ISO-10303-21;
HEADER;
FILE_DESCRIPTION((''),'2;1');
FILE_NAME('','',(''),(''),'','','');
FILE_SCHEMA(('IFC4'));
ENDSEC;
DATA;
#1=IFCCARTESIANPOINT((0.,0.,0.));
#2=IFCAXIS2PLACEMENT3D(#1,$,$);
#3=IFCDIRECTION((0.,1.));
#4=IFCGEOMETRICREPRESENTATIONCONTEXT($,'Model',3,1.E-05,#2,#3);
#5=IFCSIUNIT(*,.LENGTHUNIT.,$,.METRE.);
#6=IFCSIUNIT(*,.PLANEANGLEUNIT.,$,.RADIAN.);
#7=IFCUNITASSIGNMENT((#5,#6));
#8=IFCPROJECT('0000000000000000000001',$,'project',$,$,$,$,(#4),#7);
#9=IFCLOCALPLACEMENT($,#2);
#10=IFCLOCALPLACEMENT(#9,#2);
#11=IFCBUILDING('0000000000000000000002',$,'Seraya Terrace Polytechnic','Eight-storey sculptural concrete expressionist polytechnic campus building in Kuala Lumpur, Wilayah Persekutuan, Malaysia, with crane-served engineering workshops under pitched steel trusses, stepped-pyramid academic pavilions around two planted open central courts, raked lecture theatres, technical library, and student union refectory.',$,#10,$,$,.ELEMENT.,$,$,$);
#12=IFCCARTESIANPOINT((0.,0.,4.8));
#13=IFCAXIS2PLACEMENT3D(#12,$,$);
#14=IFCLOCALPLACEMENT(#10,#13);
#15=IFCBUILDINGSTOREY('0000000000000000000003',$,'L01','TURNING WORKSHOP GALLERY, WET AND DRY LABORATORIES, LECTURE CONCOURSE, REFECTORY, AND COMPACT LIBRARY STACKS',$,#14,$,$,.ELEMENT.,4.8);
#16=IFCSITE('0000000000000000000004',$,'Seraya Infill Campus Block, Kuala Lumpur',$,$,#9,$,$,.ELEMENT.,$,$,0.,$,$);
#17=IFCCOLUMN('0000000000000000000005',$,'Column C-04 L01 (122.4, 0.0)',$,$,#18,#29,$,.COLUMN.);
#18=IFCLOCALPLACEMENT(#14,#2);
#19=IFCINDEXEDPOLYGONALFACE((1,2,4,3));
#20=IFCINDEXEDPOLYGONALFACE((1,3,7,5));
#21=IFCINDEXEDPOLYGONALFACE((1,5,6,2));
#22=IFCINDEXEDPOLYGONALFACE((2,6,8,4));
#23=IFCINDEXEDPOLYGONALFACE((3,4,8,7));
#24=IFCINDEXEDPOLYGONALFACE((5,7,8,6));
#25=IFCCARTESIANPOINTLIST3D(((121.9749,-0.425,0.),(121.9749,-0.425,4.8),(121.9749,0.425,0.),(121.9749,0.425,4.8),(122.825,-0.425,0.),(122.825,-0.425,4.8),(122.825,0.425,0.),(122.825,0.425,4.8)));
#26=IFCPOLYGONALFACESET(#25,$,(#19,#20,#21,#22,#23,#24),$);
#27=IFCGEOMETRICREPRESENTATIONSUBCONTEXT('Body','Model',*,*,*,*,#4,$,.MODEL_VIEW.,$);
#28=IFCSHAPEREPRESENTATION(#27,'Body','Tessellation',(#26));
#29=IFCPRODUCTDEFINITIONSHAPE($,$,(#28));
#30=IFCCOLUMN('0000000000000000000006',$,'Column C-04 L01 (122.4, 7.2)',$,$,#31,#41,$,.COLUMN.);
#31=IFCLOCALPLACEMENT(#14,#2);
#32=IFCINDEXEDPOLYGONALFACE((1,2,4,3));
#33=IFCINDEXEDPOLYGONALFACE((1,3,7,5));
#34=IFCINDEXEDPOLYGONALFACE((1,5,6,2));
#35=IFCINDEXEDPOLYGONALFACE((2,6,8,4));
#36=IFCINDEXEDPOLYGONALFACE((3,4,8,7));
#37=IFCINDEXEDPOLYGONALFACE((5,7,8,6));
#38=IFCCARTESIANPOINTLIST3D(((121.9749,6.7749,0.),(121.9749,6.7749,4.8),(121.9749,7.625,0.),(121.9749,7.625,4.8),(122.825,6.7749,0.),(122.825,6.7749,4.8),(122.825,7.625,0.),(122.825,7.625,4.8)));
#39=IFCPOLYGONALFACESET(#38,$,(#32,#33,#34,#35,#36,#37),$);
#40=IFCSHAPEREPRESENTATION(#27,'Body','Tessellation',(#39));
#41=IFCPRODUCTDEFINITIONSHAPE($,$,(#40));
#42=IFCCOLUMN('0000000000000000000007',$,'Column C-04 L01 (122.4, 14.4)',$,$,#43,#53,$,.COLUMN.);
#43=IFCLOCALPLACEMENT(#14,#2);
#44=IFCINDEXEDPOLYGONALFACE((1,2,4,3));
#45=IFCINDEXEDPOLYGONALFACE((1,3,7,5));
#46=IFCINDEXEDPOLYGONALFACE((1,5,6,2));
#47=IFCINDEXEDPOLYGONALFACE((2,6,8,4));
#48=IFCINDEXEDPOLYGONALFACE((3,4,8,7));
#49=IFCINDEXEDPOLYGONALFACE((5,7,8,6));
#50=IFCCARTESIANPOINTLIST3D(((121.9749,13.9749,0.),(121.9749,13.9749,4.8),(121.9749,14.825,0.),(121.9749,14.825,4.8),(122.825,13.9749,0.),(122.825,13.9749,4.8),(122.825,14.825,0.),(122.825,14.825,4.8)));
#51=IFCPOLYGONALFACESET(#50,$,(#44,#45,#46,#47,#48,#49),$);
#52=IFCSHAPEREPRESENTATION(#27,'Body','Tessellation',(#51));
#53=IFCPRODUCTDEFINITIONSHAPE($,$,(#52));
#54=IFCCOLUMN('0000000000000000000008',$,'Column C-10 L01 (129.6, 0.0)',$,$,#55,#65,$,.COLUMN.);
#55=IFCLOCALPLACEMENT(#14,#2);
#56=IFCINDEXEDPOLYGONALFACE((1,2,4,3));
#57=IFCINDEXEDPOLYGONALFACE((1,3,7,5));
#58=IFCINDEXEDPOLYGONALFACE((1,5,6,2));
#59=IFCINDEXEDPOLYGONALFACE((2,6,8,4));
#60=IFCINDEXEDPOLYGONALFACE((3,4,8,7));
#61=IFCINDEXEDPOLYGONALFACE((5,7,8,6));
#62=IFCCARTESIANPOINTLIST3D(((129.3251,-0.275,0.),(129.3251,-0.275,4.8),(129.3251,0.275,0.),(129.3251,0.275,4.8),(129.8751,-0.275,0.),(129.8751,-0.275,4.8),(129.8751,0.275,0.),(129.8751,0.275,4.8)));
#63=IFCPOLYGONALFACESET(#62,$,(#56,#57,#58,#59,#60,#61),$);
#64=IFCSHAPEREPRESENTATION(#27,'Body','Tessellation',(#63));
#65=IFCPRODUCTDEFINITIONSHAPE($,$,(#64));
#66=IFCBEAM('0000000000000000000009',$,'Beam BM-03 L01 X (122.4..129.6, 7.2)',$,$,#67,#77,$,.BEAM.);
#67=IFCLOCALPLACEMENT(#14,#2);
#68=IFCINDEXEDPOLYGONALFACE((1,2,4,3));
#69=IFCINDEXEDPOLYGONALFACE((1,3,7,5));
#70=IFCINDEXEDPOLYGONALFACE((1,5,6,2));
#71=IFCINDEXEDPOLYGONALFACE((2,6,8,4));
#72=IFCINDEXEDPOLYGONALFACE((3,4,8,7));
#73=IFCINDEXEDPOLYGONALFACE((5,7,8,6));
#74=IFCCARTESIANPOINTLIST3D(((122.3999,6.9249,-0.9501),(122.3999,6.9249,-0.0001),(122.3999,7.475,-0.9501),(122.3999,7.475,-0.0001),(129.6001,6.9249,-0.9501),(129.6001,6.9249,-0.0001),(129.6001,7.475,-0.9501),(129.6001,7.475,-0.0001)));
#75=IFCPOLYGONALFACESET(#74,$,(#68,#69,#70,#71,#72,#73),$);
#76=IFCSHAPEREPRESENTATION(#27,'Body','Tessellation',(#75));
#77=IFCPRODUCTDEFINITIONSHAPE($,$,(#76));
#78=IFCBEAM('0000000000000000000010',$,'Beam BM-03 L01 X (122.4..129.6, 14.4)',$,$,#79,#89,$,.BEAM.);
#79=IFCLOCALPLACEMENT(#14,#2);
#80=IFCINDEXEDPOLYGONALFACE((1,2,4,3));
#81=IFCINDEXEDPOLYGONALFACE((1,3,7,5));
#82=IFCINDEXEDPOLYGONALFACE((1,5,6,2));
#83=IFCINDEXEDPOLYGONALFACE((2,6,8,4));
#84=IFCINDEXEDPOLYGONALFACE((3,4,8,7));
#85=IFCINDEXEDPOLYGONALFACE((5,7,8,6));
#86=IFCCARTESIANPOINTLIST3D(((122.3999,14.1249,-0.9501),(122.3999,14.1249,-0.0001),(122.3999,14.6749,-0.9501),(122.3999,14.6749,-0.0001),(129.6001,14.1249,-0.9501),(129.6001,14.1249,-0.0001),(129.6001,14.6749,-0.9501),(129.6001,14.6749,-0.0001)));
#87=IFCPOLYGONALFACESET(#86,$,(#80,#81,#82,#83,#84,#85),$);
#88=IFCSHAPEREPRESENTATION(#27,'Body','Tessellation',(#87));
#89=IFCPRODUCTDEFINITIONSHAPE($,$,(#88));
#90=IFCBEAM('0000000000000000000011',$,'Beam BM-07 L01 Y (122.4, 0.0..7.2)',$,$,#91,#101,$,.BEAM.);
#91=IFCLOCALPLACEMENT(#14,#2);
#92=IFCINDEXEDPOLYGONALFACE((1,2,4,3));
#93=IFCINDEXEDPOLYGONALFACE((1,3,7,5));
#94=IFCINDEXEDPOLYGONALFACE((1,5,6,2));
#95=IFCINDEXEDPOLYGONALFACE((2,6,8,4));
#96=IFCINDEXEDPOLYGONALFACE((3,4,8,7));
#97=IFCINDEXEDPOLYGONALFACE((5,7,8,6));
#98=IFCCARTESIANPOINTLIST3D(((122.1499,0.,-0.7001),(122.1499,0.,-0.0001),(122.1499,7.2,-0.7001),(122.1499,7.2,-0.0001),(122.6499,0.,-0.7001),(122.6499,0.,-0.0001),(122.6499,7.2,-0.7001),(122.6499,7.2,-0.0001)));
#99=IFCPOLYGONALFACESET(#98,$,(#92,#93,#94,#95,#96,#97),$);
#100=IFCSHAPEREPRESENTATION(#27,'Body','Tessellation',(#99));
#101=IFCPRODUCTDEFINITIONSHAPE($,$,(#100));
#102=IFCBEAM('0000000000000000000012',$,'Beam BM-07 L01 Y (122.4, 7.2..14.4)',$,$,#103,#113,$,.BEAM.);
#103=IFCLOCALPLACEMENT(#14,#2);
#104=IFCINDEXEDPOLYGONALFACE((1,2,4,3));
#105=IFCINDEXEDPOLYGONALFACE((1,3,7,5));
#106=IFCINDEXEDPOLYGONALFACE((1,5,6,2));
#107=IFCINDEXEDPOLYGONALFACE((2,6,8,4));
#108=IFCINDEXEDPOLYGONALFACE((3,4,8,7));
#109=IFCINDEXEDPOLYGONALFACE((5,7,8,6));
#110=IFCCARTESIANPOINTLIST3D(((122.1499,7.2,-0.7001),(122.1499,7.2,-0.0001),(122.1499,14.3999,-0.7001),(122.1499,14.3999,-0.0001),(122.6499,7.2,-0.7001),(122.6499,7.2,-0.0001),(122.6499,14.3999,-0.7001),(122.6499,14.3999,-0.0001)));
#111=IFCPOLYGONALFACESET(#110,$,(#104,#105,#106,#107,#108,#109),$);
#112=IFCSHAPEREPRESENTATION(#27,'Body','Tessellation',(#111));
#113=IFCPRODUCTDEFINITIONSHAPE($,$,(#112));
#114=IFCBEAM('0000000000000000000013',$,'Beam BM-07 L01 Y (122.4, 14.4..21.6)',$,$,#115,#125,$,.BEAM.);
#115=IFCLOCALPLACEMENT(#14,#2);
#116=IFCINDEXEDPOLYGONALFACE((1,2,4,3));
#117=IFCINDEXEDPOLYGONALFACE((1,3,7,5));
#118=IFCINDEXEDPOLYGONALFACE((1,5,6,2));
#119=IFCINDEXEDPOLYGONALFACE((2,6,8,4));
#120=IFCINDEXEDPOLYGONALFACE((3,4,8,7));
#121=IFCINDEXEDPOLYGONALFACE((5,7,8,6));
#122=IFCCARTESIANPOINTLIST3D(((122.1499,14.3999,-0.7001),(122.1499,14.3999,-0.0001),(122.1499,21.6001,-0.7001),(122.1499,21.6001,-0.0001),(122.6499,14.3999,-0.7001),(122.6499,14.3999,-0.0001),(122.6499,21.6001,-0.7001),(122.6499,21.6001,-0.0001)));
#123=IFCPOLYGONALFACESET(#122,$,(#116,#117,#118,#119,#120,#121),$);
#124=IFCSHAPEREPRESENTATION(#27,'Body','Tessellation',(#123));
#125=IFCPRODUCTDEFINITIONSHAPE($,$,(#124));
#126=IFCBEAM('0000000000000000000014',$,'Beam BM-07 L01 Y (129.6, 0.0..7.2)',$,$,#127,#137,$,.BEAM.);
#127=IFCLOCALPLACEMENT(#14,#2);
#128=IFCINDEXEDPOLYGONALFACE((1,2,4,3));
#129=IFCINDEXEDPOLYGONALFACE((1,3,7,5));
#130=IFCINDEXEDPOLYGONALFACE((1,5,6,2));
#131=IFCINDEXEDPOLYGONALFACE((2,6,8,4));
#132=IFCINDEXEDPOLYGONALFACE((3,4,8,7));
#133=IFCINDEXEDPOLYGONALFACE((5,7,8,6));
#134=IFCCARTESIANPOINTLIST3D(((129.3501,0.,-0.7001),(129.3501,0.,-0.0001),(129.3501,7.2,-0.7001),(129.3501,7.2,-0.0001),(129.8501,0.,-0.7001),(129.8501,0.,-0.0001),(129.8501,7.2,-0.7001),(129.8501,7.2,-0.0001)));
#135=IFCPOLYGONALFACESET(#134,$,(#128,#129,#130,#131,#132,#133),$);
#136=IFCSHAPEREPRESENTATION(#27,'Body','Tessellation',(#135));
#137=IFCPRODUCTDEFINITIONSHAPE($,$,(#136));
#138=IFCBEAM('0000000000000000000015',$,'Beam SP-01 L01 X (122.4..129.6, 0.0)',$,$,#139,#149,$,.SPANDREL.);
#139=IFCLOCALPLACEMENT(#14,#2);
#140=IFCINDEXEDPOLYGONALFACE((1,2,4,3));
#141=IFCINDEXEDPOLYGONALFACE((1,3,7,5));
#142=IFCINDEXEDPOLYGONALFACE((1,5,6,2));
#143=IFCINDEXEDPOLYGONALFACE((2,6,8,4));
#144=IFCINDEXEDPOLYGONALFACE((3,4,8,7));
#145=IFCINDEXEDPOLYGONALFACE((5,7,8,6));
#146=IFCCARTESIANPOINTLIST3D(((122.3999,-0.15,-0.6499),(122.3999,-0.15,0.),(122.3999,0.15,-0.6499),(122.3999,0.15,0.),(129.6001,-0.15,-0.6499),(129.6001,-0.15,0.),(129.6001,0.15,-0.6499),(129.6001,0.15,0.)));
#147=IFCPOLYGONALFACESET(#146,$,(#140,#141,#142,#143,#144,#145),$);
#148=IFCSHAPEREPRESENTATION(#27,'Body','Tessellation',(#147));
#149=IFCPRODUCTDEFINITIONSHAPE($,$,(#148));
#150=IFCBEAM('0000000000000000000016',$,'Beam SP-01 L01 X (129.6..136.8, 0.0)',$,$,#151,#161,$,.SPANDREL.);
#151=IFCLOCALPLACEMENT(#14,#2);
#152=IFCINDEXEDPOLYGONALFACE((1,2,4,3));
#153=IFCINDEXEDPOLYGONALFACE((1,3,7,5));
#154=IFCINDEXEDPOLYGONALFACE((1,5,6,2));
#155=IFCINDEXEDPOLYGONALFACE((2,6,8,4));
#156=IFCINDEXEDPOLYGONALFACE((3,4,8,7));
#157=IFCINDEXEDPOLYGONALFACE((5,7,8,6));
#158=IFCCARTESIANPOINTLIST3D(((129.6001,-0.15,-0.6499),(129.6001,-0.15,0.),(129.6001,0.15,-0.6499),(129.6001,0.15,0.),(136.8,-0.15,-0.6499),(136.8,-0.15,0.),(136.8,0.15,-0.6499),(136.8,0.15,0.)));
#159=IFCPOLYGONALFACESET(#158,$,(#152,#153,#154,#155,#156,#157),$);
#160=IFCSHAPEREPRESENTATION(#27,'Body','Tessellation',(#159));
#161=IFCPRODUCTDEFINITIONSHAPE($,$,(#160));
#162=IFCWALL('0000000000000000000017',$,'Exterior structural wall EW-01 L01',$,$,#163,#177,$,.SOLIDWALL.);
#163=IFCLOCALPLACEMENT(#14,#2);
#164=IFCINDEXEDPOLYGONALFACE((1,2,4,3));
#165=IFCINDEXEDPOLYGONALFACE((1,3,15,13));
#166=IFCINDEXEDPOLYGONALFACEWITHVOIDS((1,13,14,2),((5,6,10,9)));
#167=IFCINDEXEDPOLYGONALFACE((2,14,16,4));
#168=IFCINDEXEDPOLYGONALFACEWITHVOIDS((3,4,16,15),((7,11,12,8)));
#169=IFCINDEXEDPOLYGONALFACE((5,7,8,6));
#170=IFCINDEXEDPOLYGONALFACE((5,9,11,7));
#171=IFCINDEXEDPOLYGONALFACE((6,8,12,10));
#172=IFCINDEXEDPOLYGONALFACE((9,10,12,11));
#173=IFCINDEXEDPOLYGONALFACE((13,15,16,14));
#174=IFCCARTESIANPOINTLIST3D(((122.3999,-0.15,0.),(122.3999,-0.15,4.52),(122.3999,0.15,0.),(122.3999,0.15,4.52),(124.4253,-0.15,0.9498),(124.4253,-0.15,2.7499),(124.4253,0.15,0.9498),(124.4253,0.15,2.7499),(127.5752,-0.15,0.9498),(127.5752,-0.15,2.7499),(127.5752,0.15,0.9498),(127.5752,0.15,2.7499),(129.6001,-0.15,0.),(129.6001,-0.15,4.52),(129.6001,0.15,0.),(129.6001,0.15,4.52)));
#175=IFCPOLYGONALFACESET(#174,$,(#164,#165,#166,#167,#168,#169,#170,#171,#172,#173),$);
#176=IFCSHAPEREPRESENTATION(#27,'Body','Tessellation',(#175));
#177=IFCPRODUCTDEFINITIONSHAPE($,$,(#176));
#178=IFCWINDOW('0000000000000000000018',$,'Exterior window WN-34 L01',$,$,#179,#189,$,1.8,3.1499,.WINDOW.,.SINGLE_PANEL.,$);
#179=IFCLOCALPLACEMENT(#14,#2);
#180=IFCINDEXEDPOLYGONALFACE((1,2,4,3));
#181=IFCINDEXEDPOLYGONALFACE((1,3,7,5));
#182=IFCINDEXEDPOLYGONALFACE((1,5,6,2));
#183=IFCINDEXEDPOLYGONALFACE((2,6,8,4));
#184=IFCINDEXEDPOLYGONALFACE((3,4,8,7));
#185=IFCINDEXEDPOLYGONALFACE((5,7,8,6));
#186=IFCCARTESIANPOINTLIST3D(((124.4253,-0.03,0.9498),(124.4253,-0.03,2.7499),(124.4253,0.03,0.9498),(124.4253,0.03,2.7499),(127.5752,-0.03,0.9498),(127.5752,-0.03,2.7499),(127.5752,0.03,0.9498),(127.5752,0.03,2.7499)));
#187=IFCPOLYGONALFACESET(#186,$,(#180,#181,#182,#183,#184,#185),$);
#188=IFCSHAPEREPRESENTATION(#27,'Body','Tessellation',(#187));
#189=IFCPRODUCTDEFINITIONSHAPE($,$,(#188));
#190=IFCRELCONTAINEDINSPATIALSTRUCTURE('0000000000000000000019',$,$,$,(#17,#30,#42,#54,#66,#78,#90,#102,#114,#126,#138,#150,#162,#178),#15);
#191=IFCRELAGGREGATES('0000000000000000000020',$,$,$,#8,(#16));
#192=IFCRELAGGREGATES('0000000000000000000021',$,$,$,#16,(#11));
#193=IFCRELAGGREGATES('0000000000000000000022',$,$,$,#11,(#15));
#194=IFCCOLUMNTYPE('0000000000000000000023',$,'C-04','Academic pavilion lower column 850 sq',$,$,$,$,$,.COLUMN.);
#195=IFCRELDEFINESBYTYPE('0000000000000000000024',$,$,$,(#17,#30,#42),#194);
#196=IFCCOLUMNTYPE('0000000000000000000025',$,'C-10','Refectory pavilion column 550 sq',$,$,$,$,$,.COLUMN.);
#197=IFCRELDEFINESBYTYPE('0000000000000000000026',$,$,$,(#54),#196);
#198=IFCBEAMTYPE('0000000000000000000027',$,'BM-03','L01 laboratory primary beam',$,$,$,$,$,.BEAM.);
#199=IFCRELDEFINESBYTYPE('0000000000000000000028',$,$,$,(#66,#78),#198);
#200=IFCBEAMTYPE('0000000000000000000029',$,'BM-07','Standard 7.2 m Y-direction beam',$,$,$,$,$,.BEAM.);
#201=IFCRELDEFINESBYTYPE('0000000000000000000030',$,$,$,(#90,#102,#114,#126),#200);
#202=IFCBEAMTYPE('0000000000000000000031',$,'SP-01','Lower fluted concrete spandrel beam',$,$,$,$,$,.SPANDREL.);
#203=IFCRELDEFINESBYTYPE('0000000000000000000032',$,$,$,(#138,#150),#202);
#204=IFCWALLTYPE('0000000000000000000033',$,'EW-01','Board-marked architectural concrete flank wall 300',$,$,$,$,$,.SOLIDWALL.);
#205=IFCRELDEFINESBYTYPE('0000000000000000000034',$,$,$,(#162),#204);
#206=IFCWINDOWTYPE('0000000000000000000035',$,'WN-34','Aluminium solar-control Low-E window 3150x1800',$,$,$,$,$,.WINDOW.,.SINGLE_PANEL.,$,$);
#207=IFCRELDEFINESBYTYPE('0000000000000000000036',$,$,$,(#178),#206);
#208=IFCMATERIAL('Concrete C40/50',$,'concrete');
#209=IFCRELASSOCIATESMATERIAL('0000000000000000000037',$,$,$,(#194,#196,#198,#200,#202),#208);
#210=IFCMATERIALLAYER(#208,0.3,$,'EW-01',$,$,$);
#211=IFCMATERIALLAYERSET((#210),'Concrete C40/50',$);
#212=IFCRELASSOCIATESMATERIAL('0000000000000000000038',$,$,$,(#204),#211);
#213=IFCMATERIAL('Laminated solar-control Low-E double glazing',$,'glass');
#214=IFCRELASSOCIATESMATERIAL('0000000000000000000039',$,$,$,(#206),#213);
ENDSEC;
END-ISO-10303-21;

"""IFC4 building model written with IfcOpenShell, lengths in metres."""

from ifc_helpers import new_model, si_unit, direction, frame, frame_2d, origin, origin_2d, place, context, subcontext, project, spatial, rectangle, extrude, material, layer, layer_set, material_profile, profile_set, type_object, element, fill, save


model = new_model("IFC4")

# Units and contexts
model_context = context("Model", 3, precision=1e-05, world=origin(), true_north=direction((0.0, 1.0)))
body_context = subcontext(model_context, "Body", "Model", "MODEL_VIEW")
ifc_project = project(units=[si_unit("LENGTHUNIT", "METRE"), si_unit("PLANEANGLEUNIT", "RADIAN")], contexts=[model_context])

# Site, building, storey
site_placement = place(None, origin())
site = spatial("IfcSite", under=ifc_project, at=site_placement, Name="Seraya Infill Campus Block, Kuala Lumpur", CompositionType="ELEMENT", RefElevation=0.0)
building_placement = place(site_placement, origin())
building = spatial("IfcBuilding", under=site, at=building_placement, Name="Seraya Terrace Polytechnic", Description="Eight-storey sculptural concrete expressionist polytechnic campus building in Kuala Lumpur, Wilayah Persekutuan, Malaysia, with crane-served engineering workshops under pitched steel trusses, stepped-pyramid academic pavilions around two planted open central courts, raked lecture theatres, technical library, and student union refectory.", CompositionType="ELEMENT")
storey_placement = place(building_placement, frame((0.0, 0.0, 4.8)))
storey = spatial("IfcBuildingStorey", under=building, at=storey_placement, Name="L01", Description="TURNING WORKSHOP GALLERY, WET AND DRY LABORATORIES, LECTURE CONCOURSE, REFECTORY, AND COMPACT LIBRARY STACKS", CompositionType="ELEMENT", Elevation=4.8)

# Columns
ifc_material_1 = material(Name="Concrete C40/50", Category="concrete")
ifc_material_profile_1 = material_profile(ifc_material_1, rectangle(XDim=0.8501, YDim=0.8501, at=origin_2d()), Name="RC 850x850")
ifc_profile_set_1 = profile_set([ifc_material_profile_1], Name="Concrete C40/50")
column_type_1 = type_object("IfcColumnType", Name="C-04", Description="Academic pavilion lower column 850 sq", PredefinedType="COLUMN", material=ifc_profile_set_1)
for number, where, z_axis, x_axis, name in (
    (1, (122.3999, 0.0, 0.0), (0.0, 0.0, 1.0), (1.0, 0.0, 0.0), "Column C-04 L01 (122.4, 0.0)"),
    (2, (122.3999, 7.2, 0.0), (0.0, 0.0, 1.0), (1.0, 0.0, 0.0), "Column C-04 L01 (122.4, 7.2)"),
    (3, (122.3999, 14.3999, 0.0), (0.0, 0.0, 1.0), (1.0, 0.0, 0.0), "Column C-04 L01 (122.4, 14.4)"),
):
    element("IfcColumn", number, at=place(storey_placement, frame(where, z_axis=z_axis, x_axis=x_axis)), inside=storey, type_object=column_type_1, Name=name, PredefinedType="COLUMN", context=body_context, shape_type="SweptSolid", body=[
        extrude(rectangle(XDim=0.8501, YDim=0.8501, at=origin_2d()), origin(), (0.0, 0.0, 1.0), 4.8),
    ])
ifc_material_profile_2 = material_profile(ifc_material_1, rectangle(XDim=0.55, YDim=0.55, at=origin_2d()), Name="RC 550x550")
ifc_profile_set_2 = profile_set([ifc_material_profile_2], Name="Concrete C40/50")
column_type_2 = type_object("IfcColumnType", Name="C-10", Description="Refectory pavilion column 550 sq", PredefinedType="COLUMN", material=ifc_profile_set_2)
column_placement = place(storey_placement, frame((129.6001, 0.0, 0.0), z_axis=(0.0, 0.0, 1.0), x_axis=(1.0, 0.0, 0.0)))
element("IfcColumn", 4, at=column_placement, inside=storey, type_object=column_type_2, Name="Column C-10 L01 (129.6, 0.0)", PredefinedType="COLUMN", context=body_context, shape_type="SweptSolid", body=[
    extrude(rectangle(XDim=0.55, YDim=0.55, at=origin_2d()), origin(), (0.0, 0.0, 1.0), 4.8),
])

# Beams
ifc_material_profile_3 = material_profile(ifc_material_1, rectangle(XDim=0.55, YDim=0.95, at=origin_2d()), Name="RC 550x950")
ifc_profile_set_3 = profile_set([ifc_material_profile_3], Name="Concrete C40/50")
beam_type_1 = type_object("IfcBeamType", Name="BM-03", Description="L01 laboratory primary beam", PredefinedType="BEAM", material=ifc_profile_set_3)
for number, where, z_axis, x_axis, name in (
    (5, (122.3999, 7.2, -0.4751), (1.0, 0.0, 0.0), (0.0, 1.0, 0.0), "Beam BM-03 L01 X (122.4..129.6, 7.2)"),
    (6, (122.3999, 14.3999, -0.4751), (1.0, 0.0, 0.0), (0.0, 1.0, 0.0), "Beam BM-03 L01 X (122.4..129.6, 14.4)"),
):
    element("IfcBeam", number, at=place(storey_placement, frame(where, z_axis=z_axis, x_axis=x_axis)), inside=storey, type_object=beam_type_1, Name=name, PredefinedType="BEAM", context=body_context, shape_type="SweptSolid", body=[
        extrude(rectangle(XDim=0.55, YDim=0.95, at=origin_2d()), origin(), (0.0, 0.0, 1.0), 7.2002),
    ])
ifc_material_profile_4 = material_profile(ifc_material_1, rectangle(XDim=0.5, YDim=0.7, at=origin_2d()), Name="RC 500x700")
ifc_profile_set_4 = profile_set([ifc_material_profile_4], Name="Concrete C40/50")
beam_type_2 = type_object("IfcBeamType", Name="BM-07", Description="Standard 7.2 m Y-direction beam", PredefinedType="BEAM", material=ifc_profile_set_4)
for number, where, z_axis, x_axis, name in (
    (7, (122.3999, 0.0, -0.3501), (0.0, 1.0, 0.0), (-1.0, 0.0, 0.0), "Beam BM-07 L01 Y (122.4, 0.0..7.2)"),
    (8, (122.3999, 7.2, -0.3501), (0.0, 1.0, 0.0), (-1.0, 0.0, 0.0), "Beam BM-07 L01 Y (122.4, 7.2..14.4)"),
):
    element("IfcBeam", number, at=place(storey_placement, frame(where, z_axis=z_axis, x_axis=x_axis)), inside=storey, type_object=beam_type_2, Name=name, PredefinedType="BEAM", context=body_context, shape_type="SweptSolid", body=[
        extrude(rectangle(XDim=0.5, YDim=0.7, at=origin_2d()), origin(), (0.0, 0.0, 1.0), 7.2),
    ])
beam_1_placement = place(storey_placement, frame((122.3999, 14.3999, -0.3501), z_axis=(0.0, 1.0, 0.0), x_axis=(-1.0, 0.0, 0.0)))
element("IfcBeam", 9, at=beam_1_placement, inside=storey, type_object=beam_type_2, Name="Beam BM-07 L01 Y (122.4, 14.4..21.6)", PredefinedType="BEAM", context=body_context, shape_type="SweptSolid", body=[
    extrude(rectangle(XDim=0.5, YDim=0.7, at=origin_2d()), origin(), (0.0, 0.0, 1.0), 7.2002),
])
beam_2_placement = place(storey_placement, frame((129.6001, 0.0, -0.3501), z_axis=(0.0, 1.0, 0.0), x_axis=(-1.0, 0.0, 0.0)))
element("IfcBeam", 10, at=beam_2_placement, inside=storey, type_object=beam_type_2, Name="Beam BM-07 L01 Y (129.6, 0.0..7.2)", PredefinedType="BEAM", context=body_context, shape_type="SweptSolid", body=[
    extrude(rectangle(XDim=0.5, YDim=0.7, at=origin_2d()), origin(), (0.0, 0.0, 1.0), 7.2),
])
ifc_material_profile_5 = material_profile(ifc_material_1, rectangle(XDim=0.3, YDim=0.6499, at=origin_2d()), Name="RC 300x650")
ifc_profile_set_5 = profile_set([ifc_material_profile_5], Name="Concrete C40/50")
beam_type_3 = type_object("IfcBeamType", Name="SP-01", Description="Lower fluted concrete spandrel beam", PredefinedType="SPANDREL", material=ifc_profile_set_5)
beam_3_placement = place(storey_placement, frame((122.3999, 0.0, -0.325), z_axis=(1.0, 0.0, 0.0), x_axis=(0.0, 1.0, 0.0)))
element("IfcBeam", 11, at=beam_3_placement, inside=storey, type_object=beam_type_3, Name="Beam SP-01 L01 X (122.4..129.6, 0.0)", PredefinedType="SPANDREL", context=body_context, shape_type="SweptSolid", body=[
    extrude(rectangle(XDim=0.3, YDim=0.6499, at=origin_2d()), origin(), (0.0, 0.0, 1.0), 7.2002),
])
beam_4_placement = place(storey_placement, frame((129.6001, 0.0, -0.325), z_axis=(1.0, 0.0, 0.0), x_axis=(0.0, 1.0, 0.0)))
element("IfcBeam", 12, at=beam_4_placement, inside=storey, type_object=beam_type_3, Name="Beam SP-01 L01 X (129.6..136.8, 0.0)", PredefinedType="SPANDREL", context=body_context, shape_type="SweptSolid", body=[
    extrude(rectangle(XDim=0.3, YDim=0.6499, at=origin_2d()), origin(), (0.0, 0.0, 1.0), 7.2),
])

# Wall, opening, window
ifc_layer_1 = layer(ifc_material_1, 0.3, Name="EW-01")
ifc_layer_set_1 = layer_set([ifc_layer_1], Name="Concrete C40/50")
wall_type_1 = type_object("IfcWallType", Name="EW-01", Description="Board-marked architectural concrete flank wall 300", PredefinedType="SOLIDWALL", material=ifc_layer_set_1)
wall_1_placement = place(storey_placement, frame((129.6001, 0.0, 0.0), z_axis=(0.0, 0.0, 1.0), x_axis=(-1.0, 0.0, 0.0)))
wall_1 = element("IfcWall", 13, at=wall_1_placement, inside=storey, type_object=wall_type_1, Name="Exterior structural wall EW-01 L01", PredefinedType="SOLIDWALL", context=body_context, shape_type="SweptSolid", body=[
    extrude(rectangle(XDim=7.2002, YDim=0.3, at=frame_2d((3.6001, 0.0))), origin(), (0.0, 0.0, 1.0), 4.52),
])
opening_1_placement = place(wall_1_placement, frame((2.0249, 0.0, 0.95)))
opening_1 = element("IfcOpeningElement", 14, at=opening_1_placement, cuts=wall_1, PredefinedType="OPENING", context=body_context, shape_type="SweptSolid", body=[
    extrude(rectangle(XDim=3.1499, YDim=1.8, at=frame_2d((1.575, 0.8999))), frame((0.0, 0.1621, 0.0), z_axis=(0.0, -1.0, 0.0), x_axis=(1.0, 0.0, 0.0)), (0.0, 0.0, 1.0), 0.324),
])
ifc_material_2 = material(Name="Laminated solar-control Low-E double glazing", Category="glass")
window_type = type_object("IfcWindowType", Name="WN-34", Description="Aluminium solar-control Low-E window 3150x1800", PartitioningType="SINGLE_PANEL", PredefinedType="WINDOW", material=ifc_material_2)
window_placement = place(opening_1_placement, origin())
window = element("IfcWindow", 15, at=window_placement, inside=storey, type_object=window_type, Name="Exterior window WN-34 L01", OverallHeight=1.8, OverallWidth=3.1499, PartitioningType="SINGLE_PANEL", PredefinedType="WINDOW", context=body_context, shape_type="SweptSolid", body=[
    extrude(rectangle(XDim=3.1499, YDim=1.8, at=frame_2d((1.575, 0.8999))), frame((0.0, 0.03, 0.0), z_axis=(0.0, -1.0, 0.0), x_axis=(1.0, 0.0, 0.0)), (0.0, 0.0, 1.0), 0.0601),
])
fill(opening_1, window)

save(model, "model.ifc")
